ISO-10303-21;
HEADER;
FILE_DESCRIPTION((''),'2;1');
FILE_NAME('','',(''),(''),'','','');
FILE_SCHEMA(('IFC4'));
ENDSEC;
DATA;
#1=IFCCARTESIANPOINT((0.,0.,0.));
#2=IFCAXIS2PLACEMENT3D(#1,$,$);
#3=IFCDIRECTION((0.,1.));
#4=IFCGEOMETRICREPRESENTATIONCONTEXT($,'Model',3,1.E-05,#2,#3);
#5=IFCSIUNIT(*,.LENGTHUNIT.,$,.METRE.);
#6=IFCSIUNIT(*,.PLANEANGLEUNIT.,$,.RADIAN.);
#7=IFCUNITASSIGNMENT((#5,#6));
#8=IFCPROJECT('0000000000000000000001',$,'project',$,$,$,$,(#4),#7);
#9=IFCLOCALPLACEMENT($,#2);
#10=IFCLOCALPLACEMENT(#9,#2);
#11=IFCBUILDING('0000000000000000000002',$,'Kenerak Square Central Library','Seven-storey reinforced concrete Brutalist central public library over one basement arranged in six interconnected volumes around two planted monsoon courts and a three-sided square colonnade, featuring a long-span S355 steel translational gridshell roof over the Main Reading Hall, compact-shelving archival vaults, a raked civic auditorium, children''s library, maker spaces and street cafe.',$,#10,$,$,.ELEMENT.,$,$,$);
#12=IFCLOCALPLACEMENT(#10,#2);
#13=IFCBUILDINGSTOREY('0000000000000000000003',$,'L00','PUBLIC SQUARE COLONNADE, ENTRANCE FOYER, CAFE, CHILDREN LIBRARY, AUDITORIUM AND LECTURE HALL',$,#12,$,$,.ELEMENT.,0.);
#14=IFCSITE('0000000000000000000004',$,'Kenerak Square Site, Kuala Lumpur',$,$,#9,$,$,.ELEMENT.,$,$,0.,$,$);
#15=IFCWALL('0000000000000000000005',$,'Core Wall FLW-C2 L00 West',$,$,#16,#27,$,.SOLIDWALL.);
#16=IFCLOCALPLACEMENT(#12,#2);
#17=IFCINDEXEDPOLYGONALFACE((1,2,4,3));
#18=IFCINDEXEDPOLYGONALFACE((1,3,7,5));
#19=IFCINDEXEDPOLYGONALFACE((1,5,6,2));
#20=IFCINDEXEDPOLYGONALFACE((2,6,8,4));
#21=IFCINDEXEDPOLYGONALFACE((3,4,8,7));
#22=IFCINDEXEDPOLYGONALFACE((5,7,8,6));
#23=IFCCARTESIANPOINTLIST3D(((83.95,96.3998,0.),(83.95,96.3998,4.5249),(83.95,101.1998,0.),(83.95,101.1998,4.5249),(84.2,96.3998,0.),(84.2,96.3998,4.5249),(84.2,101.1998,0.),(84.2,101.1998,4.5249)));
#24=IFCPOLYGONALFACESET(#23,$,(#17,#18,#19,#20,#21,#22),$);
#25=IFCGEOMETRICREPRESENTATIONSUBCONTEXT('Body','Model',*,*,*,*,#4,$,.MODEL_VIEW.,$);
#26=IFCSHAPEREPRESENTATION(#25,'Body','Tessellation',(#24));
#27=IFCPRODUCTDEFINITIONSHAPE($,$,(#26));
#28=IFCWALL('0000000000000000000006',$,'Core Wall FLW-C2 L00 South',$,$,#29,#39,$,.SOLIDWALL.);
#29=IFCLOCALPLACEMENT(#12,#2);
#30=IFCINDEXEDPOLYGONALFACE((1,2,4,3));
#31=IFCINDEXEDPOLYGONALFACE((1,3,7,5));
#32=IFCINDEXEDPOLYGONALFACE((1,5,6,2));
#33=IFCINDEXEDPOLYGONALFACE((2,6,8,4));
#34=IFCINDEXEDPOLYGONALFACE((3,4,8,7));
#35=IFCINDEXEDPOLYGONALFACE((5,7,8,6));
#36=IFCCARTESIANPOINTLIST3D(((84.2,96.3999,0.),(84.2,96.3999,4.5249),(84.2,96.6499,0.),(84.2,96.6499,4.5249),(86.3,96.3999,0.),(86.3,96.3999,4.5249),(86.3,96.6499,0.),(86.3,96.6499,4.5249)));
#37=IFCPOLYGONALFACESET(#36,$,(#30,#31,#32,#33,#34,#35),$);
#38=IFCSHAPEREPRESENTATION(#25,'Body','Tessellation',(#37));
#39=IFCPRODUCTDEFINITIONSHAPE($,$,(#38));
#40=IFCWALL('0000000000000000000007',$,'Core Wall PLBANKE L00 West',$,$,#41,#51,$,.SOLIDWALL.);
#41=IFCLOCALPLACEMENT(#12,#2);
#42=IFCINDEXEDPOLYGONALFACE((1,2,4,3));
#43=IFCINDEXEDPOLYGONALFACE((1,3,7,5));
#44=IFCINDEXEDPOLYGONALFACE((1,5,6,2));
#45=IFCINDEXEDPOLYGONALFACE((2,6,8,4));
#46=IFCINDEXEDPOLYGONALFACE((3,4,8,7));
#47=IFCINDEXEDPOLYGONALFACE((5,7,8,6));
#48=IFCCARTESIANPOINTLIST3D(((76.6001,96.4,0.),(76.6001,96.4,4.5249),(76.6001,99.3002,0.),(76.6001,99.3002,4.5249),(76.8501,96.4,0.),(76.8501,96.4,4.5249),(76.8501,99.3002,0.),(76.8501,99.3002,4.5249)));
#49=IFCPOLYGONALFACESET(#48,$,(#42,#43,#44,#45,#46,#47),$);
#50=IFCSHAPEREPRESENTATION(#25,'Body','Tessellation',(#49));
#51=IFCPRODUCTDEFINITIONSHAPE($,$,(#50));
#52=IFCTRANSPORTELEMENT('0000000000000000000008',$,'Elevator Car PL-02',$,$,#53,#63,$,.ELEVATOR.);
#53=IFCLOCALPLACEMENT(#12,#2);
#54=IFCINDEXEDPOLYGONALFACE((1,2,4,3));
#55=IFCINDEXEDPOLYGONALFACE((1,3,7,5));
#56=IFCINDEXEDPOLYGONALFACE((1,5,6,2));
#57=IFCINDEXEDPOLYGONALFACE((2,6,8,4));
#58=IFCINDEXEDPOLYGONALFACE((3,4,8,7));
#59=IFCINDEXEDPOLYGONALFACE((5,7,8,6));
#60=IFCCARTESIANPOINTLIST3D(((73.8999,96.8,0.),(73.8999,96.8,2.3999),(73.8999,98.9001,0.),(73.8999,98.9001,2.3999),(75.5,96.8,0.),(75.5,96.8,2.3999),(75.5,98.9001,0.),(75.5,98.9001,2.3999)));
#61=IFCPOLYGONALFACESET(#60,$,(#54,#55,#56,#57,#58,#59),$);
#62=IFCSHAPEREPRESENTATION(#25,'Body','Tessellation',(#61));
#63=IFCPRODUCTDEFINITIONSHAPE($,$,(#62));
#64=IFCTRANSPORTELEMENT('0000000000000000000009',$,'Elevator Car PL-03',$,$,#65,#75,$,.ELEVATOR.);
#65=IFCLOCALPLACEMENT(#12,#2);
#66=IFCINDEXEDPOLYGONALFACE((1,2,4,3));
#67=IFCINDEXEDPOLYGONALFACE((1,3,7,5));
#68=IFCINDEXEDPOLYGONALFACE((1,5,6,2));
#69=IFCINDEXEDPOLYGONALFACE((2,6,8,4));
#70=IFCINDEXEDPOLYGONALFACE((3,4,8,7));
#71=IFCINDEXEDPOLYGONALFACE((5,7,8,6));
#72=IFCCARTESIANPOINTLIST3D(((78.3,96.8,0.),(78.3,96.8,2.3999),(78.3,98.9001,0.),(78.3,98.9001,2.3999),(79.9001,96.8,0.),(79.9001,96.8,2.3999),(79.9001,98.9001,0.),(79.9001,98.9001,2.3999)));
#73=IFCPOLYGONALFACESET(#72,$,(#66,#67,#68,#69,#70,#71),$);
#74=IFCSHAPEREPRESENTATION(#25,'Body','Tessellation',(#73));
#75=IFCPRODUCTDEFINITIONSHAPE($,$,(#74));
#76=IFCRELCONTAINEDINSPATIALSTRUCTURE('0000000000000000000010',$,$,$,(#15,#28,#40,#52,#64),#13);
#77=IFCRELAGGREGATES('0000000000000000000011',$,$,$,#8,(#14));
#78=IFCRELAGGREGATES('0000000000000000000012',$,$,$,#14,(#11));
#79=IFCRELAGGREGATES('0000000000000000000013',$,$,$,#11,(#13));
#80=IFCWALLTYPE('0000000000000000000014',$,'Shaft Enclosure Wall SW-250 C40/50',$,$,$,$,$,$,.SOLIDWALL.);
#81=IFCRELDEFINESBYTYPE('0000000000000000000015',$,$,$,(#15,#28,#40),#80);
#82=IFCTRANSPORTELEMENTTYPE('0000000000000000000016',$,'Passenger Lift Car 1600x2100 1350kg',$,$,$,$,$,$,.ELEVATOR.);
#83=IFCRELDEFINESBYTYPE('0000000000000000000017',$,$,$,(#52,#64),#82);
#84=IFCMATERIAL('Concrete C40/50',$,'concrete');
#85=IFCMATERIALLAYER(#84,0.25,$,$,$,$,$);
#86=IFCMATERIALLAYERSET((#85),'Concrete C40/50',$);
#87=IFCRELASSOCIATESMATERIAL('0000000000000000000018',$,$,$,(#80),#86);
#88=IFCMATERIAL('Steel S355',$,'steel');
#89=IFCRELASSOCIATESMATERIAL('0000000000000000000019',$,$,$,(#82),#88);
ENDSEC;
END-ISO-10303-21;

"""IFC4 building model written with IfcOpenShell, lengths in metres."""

from ifc_helpers import new_model, si_unit, direction, frame, frame_2d, origin, origin_2d, place, context, subcontext, project, spatial, rectangle, extrude, material, layer, layer_set, type_object, element, save


model = new_model("IFC4")

# Units and contexts
model_context = context("Model", 3, precision=1e-05, world=origin(), true_north=direction((0.0, 1.0)))
body_context = subcontext(model_context, "Body", "Model", "MODEL_VIEW")
ifc_project = project(units=[si_unit("LENGTHUNIT", "METRE"), si_unit("PLANEANGLEUNIT", "RADIAN")], contexts=[model_context])

# Site, building, storey
site_placement = place(None, origin())
site = spatial("IfcSite", under=ifc_project, at=site_placement, Name="Kenerak Square Site, Kuala Lumpur", CompositionType="ELEMENT", RefElevation=0.0)
building_placement = place(site_placement, origin())
building = spatial("IfcBuilding", under=site, at=building_placement, Name="Kenerak Square Central Library", Description="Seven-storey reinforced concrete Brutalist central public library over one basement arranged in six interconnected volumes around two planted monsoon courts and a three-sided square colonnade, featuring a long-span S355 steel translational gridshell roof over the Main Reading Hall, compact-shelving archival vaults, a raked civic auditorium, children's library, maker spaces and street cafe.", CompositionType="ELEMENT")
storey_placement = place(building_placement, origin())
storey = spatial("IfcBuildingStorey", under=building, at=storey_placement, Name="L00", Description="PUBLIC SQUARE COLONNADE, ENTRANCE FOYER, CAFE, CHILDREN LIBRARY, AUDITORIUM AND LECTURE HALL", CompositionType="ELEMENT", Elevation=0.0)

# Shared definitions
ifc_material_1 = material(Name="Concrete C40/50", Category="concrete")

# Walls
ifc_layer_1 = layer(ifc_material_1, 0.25)
ifc_layer_set_1 = layer_set([ifc_layer_1], Name="Concrete C40/50")
wall_type_1 = type_object("IfcWallType", Name="Shaft Enclosure Wall SW-250 C40/50", PredefinedType="SOLIDWALL", material=ifc_layer_set_1)
wall_1_placement = place(storey_placement, frame((84.075, 96.3999, 0.0), z_axis=(0.0, 0.0, 1.0), x_axis=(0.0, 1.0, 0.0)))
element("IfcWall", 1, at=wall_1_placement, inside=storey, type_object=wall_type_1, Name="Core Wall FLW-C2 L00 West", PredefinedType="SOLIDWALL", context=body_context, shape_type="SweptSolid", body=[
    extrude(rectangle(XDim=4.8, YDim=0.25, at=frame_2d((2.3999, 0.0))), origin(), (0.0, 0.0, 1.0), 4.5249),
])
wall_2_placement = place(storey_placement, frame((86.3, 96.5249, 0.0), z_axis=(0.0, 0.0, 1.0), x_axis=(-1.0, 0.0, 0.0)))
element("IfcWall", 2, at=wall_2_placement, inside=storey, type_object=wall_type_1, Name="Core Wall FLW-C2 L00 South", PredefinedType="SOLIDWALL", context=body_context, shape_type="SweptSolid", body=[
    extrude(rectangle(XDim=2.1001, YDim=0.25, at=frame_2d((1.05, 0.0))), origin(), (0.0, 0.0, 1.0), 4.5249),
])
wall_3_placement = place(storey_placement, frame((76.7251, 96.3999, 0.0), z_axis=(0.0, 0.0, 1.0), x_axis=(0.0, 1.0, 0.0)))
element("IfcWall", 3, at=wall_3_placement, inside=storey, type_object=wall_type_1, Name="Core Wall PLBANKE L00 West", PredefinedType="SOLIDWALL", context=body_context, shape_type="SweptSolid", body=[
    extrude(rectangle(XDim=2.9001, YDim=0.25, at=frame_2d((1.4502, 0.0))), origin(), (0.0, 0.0, 1.0), 4.5249),
])

# Shared definitions
ifc_material_2 = material(Name="Steel S355", Category="steel")

# Transport elements
transport_element_type = type_object("IfcTransportElementType", Name="Passenger Lift Car 1600x2100 1350kg", PredefinedType="ELEVATOR", material=ifc_material_2)
for number, where, z_axis, x_axis, name in (
    (4, (74.7, 97.8501, 0.0), (0.0, 0.0, 1.0), (1.0, 0.0, 0.0), "Elevator Car PL-02"),
    (5, (79.1001, 97.8501, 0.0), (0.0, 0.0, 1.0), (1.0, 0.0, 0.0), "Elevator Car PL-03"),
):
    element("IfcTransportElement", number, at=place(storey_placement, frame(where, z_axis=z_axis, x_axis=x_axis)), inside=storey, type_object=transport_element_type, Name=name, PredefinedType="ELEVATOR", context=body_context, shape_type="SweptSolid", body=[
        extrude(rectangle(XDim=1.6001, YDim=2.1001, at=origin_2d()), origin(), (0.0, 0.0, 1.0), 2.3999),
    ])

save(model, "model.ifc")
